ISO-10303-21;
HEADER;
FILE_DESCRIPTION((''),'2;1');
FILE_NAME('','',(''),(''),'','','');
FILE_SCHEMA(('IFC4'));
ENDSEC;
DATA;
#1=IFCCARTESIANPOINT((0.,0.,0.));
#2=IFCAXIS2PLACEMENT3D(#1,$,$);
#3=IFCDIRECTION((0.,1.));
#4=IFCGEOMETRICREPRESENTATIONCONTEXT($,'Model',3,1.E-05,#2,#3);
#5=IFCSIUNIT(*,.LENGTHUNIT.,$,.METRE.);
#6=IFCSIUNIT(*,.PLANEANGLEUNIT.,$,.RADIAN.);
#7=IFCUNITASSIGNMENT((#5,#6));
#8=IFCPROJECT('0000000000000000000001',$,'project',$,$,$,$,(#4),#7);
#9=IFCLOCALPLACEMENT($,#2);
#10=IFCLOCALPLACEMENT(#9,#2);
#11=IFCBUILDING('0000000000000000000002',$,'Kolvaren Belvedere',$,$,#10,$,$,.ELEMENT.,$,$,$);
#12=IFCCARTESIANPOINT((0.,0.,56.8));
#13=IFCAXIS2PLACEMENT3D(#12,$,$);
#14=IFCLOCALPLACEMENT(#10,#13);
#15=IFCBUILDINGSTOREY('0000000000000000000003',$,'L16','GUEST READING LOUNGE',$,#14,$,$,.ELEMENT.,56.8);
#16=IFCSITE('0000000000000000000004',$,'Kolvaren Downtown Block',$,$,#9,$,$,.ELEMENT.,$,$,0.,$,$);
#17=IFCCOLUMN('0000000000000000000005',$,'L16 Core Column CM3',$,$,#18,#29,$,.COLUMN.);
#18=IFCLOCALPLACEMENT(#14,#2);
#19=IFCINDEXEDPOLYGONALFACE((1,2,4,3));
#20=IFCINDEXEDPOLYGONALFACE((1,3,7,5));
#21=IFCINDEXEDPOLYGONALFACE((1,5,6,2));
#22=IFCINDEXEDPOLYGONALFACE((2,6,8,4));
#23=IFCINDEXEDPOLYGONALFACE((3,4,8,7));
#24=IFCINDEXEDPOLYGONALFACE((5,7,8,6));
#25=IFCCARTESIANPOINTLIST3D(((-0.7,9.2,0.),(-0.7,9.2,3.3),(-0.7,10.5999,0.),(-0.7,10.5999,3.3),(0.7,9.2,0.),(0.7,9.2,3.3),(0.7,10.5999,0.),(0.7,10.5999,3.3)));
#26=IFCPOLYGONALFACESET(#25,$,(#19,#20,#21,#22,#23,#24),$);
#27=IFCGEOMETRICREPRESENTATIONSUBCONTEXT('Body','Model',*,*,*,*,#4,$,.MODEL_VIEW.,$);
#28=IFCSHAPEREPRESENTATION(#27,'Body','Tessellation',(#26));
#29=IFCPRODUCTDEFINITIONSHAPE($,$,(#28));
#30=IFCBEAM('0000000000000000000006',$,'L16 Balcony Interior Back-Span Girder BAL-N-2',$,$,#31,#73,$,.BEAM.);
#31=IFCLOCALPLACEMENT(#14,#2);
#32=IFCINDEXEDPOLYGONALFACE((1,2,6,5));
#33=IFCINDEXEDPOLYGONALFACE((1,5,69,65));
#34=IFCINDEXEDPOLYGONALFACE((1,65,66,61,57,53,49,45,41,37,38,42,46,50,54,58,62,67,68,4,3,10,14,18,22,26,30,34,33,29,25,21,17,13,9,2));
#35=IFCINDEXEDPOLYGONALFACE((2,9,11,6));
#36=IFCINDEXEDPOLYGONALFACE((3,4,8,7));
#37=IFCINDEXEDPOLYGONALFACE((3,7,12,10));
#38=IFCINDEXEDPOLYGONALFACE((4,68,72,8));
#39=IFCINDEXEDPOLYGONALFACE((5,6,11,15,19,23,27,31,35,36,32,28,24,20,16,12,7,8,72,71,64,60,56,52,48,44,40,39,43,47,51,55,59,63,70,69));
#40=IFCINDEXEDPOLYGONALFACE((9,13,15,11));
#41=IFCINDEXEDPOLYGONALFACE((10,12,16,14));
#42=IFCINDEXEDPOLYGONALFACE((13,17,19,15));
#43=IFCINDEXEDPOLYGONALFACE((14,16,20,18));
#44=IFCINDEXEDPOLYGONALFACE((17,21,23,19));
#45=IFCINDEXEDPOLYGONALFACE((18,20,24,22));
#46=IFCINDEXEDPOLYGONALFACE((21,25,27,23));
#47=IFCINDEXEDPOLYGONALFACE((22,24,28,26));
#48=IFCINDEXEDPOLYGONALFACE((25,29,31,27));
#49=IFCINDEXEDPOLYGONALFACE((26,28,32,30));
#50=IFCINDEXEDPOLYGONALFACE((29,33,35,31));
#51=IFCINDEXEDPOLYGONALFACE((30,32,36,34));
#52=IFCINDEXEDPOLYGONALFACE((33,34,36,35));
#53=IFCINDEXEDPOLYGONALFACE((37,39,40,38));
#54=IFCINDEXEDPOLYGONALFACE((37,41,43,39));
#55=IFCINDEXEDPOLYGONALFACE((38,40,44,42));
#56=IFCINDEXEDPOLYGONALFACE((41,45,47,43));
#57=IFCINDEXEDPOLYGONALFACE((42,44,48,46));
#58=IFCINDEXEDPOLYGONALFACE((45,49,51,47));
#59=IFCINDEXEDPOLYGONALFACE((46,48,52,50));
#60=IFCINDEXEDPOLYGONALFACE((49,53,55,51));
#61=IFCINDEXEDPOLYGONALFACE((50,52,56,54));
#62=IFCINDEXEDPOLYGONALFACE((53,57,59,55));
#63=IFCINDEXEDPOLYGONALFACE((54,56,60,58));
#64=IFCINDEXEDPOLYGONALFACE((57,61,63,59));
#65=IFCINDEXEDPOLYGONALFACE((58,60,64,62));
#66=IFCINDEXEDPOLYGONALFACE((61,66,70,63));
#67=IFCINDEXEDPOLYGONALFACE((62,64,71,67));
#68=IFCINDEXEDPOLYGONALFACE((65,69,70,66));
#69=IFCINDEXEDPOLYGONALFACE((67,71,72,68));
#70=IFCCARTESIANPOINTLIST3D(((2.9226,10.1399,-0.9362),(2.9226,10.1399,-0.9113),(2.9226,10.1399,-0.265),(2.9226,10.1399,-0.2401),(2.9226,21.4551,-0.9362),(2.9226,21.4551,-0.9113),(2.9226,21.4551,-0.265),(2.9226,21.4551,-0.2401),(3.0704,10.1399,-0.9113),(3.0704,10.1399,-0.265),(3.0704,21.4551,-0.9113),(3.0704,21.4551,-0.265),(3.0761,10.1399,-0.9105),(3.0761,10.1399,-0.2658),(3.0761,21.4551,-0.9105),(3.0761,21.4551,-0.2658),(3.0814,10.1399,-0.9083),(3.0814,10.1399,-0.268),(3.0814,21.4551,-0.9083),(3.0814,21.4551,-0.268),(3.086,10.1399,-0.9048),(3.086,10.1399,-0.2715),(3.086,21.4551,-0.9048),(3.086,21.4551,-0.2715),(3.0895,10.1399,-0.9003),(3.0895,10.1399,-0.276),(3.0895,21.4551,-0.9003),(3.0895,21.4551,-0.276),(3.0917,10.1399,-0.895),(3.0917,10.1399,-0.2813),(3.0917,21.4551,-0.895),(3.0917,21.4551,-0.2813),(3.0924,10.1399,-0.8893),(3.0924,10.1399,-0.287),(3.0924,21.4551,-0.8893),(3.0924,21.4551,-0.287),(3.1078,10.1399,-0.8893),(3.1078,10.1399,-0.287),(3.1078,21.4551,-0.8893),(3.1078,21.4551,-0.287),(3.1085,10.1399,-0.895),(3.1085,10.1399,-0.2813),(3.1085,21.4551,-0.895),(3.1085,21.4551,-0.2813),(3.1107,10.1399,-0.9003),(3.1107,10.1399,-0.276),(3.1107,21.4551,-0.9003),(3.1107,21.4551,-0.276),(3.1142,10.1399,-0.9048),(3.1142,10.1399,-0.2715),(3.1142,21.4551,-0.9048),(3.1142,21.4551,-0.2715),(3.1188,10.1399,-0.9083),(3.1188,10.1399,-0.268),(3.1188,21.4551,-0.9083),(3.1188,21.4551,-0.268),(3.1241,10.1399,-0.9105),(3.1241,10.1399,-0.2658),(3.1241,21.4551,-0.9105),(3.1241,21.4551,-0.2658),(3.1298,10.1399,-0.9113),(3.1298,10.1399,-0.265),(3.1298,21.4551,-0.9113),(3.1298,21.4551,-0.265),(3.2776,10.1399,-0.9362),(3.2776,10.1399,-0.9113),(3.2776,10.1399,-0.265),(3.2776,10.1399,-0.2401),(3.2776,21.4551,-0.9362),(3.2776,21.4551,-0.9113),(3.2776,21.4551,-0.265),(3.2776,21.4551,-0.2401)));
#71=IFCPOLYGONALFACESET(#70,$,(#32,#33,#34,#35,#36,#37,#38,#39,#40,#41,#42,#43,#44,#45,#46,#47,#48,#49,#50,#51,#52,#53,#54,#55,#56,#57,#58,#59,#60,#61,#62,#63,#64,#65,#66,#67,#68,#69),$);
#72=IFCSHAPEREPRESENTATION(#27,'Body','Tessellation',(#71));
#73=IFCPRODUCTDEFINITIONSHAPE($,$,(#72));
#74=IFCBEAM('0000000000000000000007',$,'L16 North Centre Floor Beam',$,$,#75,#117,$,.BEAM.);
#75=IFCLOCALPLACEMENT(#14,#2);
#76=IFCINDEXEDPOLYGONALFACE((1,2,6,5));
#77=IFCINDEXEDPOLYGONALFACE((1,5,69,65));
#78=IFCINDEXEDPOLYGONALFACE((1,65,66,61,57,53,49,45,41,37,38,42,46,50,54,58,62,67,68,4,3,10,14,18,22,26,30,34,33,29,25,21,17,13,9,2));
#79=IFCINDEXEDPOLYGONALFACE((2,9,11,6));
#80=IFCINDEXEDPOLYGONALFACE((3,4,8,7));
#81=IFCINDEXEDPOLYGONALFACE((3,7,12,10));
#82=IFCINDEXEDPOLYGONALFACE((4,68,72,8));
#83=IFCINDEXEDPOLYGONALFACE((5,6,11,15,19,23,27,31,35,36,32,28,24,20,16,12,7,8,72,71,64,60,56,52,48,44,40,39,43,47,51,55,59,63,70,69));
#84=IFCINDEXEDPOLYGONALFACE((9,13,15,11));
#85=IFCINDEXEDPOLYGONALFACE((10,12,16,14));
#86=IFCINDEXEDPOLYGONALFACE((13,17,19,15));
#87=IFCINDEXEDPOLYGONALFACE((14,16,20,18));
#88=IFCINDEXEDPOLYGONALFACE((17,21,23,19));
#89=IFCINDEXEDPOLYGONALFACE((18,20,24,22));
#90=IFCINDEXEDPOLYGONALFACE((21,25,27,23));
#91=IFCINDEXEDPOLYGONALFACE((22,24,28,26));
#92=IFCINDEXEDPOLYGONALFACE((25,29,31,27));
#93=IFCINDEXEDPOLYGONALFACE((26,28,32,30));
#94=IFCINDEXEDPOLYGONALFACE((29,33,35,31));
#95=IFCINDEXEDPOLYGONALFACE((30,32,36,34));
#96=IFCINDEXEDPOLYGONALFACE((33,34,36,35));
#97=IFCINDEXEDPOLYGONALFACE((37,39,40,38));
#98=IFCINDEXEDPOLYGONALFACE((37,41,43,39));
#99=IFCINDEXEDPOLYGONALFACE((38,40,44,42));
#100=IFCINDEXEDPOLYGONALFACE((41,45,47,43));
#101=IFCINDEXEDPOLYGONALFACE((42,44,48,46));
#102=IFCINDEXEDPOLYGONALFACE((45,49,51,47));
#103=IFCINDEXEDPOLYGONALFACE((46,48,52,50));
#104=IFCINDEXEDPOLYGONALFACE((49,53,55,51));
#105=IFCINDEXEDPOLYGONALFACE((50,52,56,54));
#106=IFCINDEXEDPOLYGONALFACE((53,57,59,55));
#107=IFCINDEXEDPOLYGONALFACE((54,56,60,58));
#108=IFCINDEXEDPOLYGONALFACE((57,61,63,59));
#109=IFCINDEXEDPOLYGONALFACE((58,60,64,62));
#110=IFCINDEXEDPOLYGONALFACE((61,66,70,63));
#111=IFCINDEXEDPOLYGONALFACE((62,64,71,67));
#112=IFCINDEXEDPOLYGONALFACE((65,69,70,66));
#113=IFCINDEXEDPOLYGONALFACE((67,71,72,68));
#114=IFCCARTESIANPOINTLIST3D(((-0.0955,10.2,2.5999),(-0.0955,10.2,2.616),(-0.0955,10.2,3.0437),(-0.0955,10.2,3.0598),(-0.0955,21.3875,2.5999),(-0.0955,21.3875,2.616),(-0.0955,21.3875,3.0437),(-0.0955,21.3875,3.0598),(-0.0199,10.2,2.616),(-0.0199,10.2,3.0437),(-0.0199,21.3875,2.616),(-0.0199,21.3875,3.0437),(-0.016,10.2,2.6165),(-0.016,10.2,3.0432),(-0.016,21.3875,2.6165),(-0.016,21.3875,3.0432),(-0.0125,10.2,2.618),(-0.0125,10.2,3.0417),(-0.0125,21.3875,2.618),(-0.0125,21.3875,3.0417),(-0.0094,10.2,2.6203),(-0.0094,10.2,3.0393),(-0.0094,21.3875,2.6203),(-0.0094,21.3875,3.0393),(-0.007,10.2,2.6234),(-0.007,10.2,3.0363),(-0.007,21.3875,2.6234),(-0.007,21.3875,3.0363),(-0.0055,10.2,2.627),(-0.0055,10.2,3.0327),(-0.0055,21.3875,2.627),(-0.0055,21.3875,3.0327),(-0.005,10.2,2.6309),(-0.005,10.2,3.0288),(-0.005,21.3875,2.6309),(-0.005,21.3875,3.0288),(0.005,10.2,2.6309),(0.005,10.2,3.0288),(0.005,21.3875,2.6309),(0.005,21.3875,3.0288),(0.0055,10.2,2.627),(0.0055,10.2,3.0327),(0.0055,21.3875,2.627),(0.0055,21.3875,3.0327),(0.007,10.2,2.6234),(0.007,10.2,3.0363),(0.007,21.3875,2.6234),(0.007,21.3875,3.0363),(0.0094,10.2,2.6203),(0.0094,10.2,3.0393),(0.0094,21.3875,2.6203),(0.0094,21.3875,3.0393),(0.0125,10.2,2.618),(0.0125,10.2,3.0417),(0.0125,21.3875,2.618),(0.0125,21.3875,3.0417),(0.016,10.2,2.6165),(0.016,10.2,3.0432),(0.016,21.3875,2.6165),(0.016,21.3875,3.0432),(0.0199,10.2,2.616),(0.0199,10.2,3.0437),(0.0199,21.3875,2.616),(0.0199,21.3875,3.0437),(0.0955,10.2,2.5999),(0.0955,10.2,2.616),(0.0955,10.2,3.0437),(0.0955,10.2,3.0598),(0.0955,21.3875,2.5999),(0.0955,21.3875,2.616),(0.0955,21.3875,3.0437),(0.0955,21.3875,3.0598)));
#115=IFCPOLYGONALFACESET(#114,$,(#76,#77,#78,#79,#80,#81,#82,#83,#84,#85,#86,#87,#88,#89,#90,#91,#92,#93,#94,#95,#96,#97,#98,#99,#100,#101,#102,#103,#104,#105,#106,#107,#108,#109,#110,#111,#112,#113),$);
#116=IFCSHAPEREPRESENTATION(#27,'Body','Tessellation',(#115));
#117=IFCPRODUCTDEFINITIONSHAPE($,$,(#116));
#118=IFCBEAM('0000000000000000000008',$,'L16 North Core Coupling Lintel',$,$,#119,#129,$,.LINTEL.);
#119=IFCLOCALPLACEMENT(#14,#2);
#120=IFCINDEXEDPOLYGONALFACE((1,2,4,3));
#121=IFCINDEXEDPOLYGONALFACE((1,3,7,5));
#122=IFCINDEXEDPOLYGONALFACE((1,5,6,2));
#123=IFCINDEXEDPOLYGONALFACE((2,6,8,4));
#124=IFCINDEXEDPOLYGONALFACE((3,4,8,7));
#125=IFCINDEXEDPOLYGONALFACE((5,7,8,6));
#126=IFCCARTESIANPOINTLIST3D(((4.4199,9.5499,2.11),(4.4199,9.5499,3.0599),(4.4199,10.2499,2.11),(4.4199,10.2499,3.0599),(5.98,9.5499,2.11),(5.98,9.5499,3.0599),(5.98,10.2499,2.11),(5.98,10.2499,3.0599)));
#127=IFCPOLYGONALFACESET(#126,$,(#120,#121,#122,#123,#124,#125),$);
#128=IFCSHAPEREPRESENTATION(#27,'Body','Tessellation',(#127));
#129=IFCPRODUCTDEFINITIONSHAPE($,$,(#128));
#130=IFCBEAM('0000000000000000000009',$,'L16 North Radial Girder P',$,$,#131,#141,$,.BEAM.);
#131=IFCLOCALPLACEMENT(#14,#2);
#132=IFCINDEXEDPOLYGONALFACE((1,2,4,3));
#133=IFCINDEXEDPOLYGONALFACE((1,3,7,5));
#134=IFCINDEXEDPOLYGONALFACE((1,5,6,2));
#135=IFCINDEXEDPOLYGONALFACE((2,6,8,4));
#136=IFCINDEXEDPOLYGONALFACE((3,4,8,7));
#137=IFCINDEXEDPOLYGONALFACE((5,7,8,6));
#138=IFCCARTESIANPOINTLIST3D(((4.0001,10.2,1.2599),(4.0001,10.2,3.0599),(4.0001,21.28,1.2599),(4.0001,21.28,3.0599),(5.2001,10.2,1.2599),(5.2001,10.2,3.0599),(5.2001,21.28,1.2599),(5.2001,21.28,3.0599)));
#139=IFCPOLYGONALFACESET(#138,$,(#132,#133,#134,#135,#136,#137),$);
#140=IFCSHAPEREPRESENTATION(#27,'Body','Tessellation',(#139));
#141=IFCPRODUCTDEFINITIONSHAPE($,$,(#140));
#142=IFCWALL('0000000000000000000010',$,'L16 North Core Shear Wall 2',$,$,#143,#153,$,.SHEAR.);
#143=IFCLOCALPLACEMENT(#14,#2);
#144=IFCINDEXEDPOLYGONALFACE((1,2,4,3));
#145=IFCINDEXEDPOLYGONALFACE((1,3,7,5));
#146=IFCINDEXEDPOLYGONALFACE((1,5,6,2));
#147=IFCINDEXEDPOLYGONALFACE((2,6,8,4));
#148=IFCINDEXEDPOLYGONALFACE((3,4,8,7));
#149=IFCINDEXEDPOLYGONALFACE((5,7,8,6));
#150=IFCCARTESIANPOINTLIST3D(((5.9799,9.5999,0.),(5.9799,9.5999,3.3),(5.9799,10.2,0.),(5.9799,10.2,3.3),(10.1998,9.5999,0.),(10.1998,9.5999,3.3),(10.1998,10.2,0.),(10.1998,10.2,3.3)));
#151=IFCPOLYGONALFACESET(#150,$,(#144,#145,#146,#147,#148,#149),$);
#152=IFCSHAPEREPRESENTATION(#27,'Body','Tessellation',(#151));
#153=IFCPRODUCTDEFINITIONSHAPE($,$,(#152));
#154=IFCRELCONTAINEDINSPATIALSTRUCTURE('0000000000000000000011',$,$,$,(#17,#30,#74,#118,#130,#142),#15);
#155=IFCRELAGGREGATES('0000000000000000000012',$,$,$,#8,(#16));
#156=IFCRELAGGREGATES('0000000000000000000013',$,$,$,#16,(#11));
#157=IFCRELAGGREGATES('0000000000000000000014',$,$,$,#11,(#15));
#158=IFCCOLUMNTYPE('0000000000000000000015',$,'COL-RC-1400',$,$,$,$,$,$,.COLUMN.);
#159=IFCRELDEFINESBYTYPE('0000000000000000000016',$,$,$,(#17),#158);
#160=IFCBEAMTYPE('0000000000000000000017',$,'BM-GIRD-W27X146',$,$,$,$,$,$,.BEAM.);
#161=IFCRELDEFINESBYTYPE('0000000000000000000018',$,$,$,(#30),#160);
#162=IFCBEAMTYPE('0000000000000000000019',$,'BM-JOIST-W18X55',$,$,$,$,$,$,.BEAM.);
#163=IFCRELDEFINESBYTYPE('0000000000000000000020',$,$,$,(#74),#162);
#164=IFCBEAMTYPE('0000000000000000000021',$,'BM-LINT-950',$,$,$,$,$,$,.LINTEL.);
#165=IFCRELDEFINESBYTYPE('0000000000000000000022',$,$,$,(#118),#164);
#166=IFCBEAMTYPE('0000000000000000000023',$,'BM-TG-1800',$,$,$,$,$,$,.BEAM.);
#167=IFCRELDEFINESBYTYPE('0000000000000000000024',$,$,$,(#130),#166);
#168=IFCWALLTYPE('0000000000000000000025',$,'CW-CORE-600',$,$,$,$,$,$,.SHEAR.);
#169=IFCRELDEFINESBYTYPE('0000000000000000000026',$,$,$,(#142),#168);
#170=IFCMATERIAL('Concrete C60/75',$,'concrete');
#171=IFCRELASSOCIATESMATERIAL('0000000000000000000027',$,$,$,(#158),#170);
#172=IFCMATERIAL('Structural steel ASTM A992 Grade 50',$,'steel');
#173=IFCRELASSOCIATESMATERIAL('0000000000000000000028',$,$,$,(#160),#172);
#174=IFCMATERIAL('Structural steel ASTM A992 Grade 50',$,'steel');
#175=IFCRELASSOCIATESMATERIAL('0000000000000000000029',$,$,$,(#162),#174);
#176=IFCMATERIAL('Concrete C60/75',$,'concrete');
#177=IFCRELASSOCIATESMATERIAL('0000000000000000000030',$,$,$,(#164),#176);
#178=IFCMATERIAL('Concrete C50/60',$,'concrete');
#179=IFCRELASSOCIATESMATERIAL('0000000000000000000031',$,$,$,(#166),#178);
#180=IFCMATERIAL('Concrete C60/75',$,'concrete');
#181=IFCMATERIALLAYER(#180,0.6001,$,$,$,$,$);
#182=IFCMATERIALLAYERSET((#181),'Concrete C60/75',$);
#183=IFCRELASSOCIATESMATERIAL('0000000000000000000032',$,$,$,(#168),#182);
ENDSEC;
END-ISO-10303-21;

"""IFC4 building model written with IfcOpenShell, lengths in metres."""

from ifc_helpers import new_model, si_unit, direction, frame, frame_2d, origin, origin_2d, place, context, subcontext, project, spatial, rectangle, i_section, extrude, material, layer, layer_set, material_profile, profile_set, type_object, element, save


model = new_model("IFC4")

# Units and contexts
model_context = context("Model", 3, precision=1e-05, world=origin(), true_north=direction((0.0, 1.0)))
body_context = subcontext(model_context, "Body", "Model", "MODEL_VIEW")
ifc_project = project(units=[si_unit("LENGTHUNIT", "METRE"), si_unit("PLANEANGLEUNIT", "RADIAN")], contexts=[model_context])

# Site, building, storey
site_placement = place(None, origin())
site = spatial("IfcSite", under=ifc_project, at=site_placement, Name="Kolvaren Downtown Block", CompositionType="ELEMENT", RefElevation=0.0)
building_placement = place(site_placement, origin())
building = spatial("IfcBuilding", under=site, at=building_placement, Name="Kolvaren Belvedere", CompositionType="ELEMENT")
storey_placement = place(building_placement, frame((0.0, 0.0, 56.8)))
storey = spatial("IfcBuildingStorey", under=building, at=storey_placement, Name="L16", Description="GUEST READING LOUNGE", CompositionType="ELEMENT", Elevation=56.8)

# Column
ifc_material_1 = material(Name="Concrete C60/75", Category="concrete")
ifc_material_profile_1 = material_profile(ifc_material_1, rectangle(XDim=1.3999, YDim=1.3999, at=origin_2d()), Name="RC 1400X1400")
ifc_profile_set_1 = profile_set([ifc_material_profile_1], Name="Concrete C60/75")
column_type = type_object("IfcColumnType", Name="COL-RC-1400", PredefinedType="COLUMN", material=ifc_profile_set_1)
column_placement = place(storey_placement, frame((0.0, 9.8999, 0.0), z_axis=(0.0, 0.0, 1.0), x_axis=(1.0, 0.0, 0.0)))
element("IfcColumn", 1, at=column_placement, inside=storey, type_object=column_type, Name="L16 Core Column CM3", PredefinedType="COLUMN", context=body_context, shape_type="SweptSolid", body=[
    extrude(rectangle(XDim=1.3999, YDim=1.3999, at=origin_2d()), origin(), (0.0, 0.0, 1.0), 3.3),
])

# Beams
ifc_material_2 = material(Name="Structural steel ASTM A992 Grade 50", Category="steel")
ifc_material_profile_2 = material_profile(ifc_material_2, i_section(OverallWidth=0.355, OverallDepth=0.696, WebThickness=0.0154, FlangeThickness=0.0249, FilletRadius=0.022, at=origin_2d()), Name="W27X146")
ifc_profile_set_2 = profile_set([ifc_material_profile_2], Name="Structural steel ASTM A992 Grade 50")
beam_type_1 = type_object("IfcBeamType", Name="BM-GIRD-W27X146", PredefinedType="BEAM", material=ifc_profile_set_2)
beam_1_placement = place(storey_placement, frame((3.1001, 10.1399, -0.5881), z_axis=(0.0, 1.0, 0.0), x_axis=(-1.0, 0.0, 0.0)))
element("IfcBeam", 2, at=beam_1_placement, inside=storey, type_object=beam_type_1, Name="L16 Balcony Interior Back-Span Girder BAL-N-2", PredefinedType="BEAM", context=body_context, shape_type="SweptSolid", body=[
    extrude(i_section(OverallWidth=0.355, OverallDepth=0.696, WebThickness=0.0154, FlangeThickness=0.0249, FilletRadius=0.022, at=origin_2d()), origin(), (0.0, 0.0, 1.0), 11.3152),
])
ifc_material_3 = material(Name="Structural steel ASTM A992 Grade 50", Category="steel")
ifc_material_profile_3 = material_profile(ifc_material_3, i_section(OverallWidth=0.1909, OverallDepth=0.46, WebThickness=0.01, FlangeThickness=0.0161, FilletRadius=0.0149, at=origin_2d()), Name="W18X55")
ifc_profile_set_3 = profile_set([ifc_material_profile_3], Name="Structural steel ASTM A992 Grade 50")
beam_type_2 = type_object("IfcBeamType", Name="BM-JOIST-W18X55", PredefinedType="BEAM", material=ifc_profile_set_3)
beam_2_placement = place(storey_placement, frame((0.0, 10.2, 2.8298), z_axis=(0.0, 1.0, 0.0), x_axis=(-1.0, 0.0, 0.0)))
element("IfcBeam", 3, at=beam_2_placement, inside=storey, type_object=beam_type_2, Name="L16 North Centre Floor Beam", PredefinedType="BEAM", context=body_context, shape_type="SweptSolid", body=[
    extrude(i_section(OverallWidth=0.1909, OverallDepth=0.46, WebThickness=0.01, FlangeThickness=0.0161, FilletRadius=0.0149, at=origin_2d()), origin(), (0.0, 0.0, 1.0), 11.1875),
])
ifc_material_4 = material(Name="Concrete C60/75", Category="concrete")
ifc_material_profile_4 = material_profile(ifc_material_4, rectangle(XDim=0.7, YDim=0.95, at=origin_2d()), Name="RC 700X950")
ifc_profile_set_4 = profile_set([ifc_material_profile_4], Name="Concrete C60/75")
beam_type_3 = type_object("IfcBeamType", Name="BM-LINT-950", PredefinedType="LINTEL", material=ifc_profile_set_4)
beam_3_placement = place(storey_placement, frame((4.4199, 9.8999, 2.585), z_axis=(1.0, 0.0, 0.0), x_axis=(0.0, 1.0, 0.0)))
element("IfcBeam", 4, at=beam_3_placement, inside=storey, type_object=beam_type_3, Name="L16 North Core Coupling Lintel", PredefinedType="LINTEL", context=body_context, shape_type="SweptSolid", body=[
    extrude(rectangle(XDim=0.7, YDim=0.95, at=origin_2d()), origin(), (0.0, 0.0, 1.0), 1.5601),
])
ifc_material_5 = material(Name="Concrete C50/60", Category="concrete")
ifc_material_profile_5 = material_profile(ifc_material_5, rectangle(XDim=1.2, YDim=1.8, at=origin_2d()), Name="RC 1200X1800")
ifc_profile_set_5 = profile_set([ifc_material_profile_5], Name="Concrete C50/60")
beam_type_4 = type_object("IfcBeamType", Name="BM-TG-1800", PredefinedType="BEAM", material=ifc_profile_set_5)
beam_4_placement = place(storey_placement, frame((4.6001, 10.2, 2.1599), z_axis=(0.0, 1.0, 0.0), x_axis=(-1.0, 0.0, 0.0)))
element("IfcBeam", 5, at=beam_4_placement, inside=storey, type_object=beam_type_4, Name="L16 North Radial Girder P", PredefinedType="BEAM", context=body_context, shape_type="SweptSolid", body=[
    extrude(rectangle(XDim=1.2, YDim=1.8, at=origin_2d()), origin(), (0.0, 0.0, 1.0), 11.0801),
])

# Wall
ifc_material_6 = material(Name="Concrete C60/75", Category="concrete")
ifc_layer_1 = layer(ifc_material_6, 0.6001)
ifc_layer_set_1 = layer_set([ifc_layer_1], Name="Concrete C60/75")
wall_type_1 = type_object("IfcWallType", Name="CW-CORE-600", PredefinedType="SHEAR", material=ifc_layer_set_1)
wall_1_placement = place(storey_placement, frame((5.98, 9.8999, 0.0), z_axis=(0.0, 0.0, 1.0), x_axis=(1.0, 0.0, 0.0)))
element("IfcWall", 6, at=wall_1_placement, inside=storey, type_object=wall_type_1, Name="L16 North Core Shear Wall 2", PredefinedType="SHEAR", context=body_context, shape_type="SweptSolid", body=[
    extrude(rectangle(XDim=4.22, YDim=0.6001, at=frame_2d((2.1099, 0.0))), origin(), (0.0, 0.0, 1.0), 3.3),
])

save(model, "model.ifc")
